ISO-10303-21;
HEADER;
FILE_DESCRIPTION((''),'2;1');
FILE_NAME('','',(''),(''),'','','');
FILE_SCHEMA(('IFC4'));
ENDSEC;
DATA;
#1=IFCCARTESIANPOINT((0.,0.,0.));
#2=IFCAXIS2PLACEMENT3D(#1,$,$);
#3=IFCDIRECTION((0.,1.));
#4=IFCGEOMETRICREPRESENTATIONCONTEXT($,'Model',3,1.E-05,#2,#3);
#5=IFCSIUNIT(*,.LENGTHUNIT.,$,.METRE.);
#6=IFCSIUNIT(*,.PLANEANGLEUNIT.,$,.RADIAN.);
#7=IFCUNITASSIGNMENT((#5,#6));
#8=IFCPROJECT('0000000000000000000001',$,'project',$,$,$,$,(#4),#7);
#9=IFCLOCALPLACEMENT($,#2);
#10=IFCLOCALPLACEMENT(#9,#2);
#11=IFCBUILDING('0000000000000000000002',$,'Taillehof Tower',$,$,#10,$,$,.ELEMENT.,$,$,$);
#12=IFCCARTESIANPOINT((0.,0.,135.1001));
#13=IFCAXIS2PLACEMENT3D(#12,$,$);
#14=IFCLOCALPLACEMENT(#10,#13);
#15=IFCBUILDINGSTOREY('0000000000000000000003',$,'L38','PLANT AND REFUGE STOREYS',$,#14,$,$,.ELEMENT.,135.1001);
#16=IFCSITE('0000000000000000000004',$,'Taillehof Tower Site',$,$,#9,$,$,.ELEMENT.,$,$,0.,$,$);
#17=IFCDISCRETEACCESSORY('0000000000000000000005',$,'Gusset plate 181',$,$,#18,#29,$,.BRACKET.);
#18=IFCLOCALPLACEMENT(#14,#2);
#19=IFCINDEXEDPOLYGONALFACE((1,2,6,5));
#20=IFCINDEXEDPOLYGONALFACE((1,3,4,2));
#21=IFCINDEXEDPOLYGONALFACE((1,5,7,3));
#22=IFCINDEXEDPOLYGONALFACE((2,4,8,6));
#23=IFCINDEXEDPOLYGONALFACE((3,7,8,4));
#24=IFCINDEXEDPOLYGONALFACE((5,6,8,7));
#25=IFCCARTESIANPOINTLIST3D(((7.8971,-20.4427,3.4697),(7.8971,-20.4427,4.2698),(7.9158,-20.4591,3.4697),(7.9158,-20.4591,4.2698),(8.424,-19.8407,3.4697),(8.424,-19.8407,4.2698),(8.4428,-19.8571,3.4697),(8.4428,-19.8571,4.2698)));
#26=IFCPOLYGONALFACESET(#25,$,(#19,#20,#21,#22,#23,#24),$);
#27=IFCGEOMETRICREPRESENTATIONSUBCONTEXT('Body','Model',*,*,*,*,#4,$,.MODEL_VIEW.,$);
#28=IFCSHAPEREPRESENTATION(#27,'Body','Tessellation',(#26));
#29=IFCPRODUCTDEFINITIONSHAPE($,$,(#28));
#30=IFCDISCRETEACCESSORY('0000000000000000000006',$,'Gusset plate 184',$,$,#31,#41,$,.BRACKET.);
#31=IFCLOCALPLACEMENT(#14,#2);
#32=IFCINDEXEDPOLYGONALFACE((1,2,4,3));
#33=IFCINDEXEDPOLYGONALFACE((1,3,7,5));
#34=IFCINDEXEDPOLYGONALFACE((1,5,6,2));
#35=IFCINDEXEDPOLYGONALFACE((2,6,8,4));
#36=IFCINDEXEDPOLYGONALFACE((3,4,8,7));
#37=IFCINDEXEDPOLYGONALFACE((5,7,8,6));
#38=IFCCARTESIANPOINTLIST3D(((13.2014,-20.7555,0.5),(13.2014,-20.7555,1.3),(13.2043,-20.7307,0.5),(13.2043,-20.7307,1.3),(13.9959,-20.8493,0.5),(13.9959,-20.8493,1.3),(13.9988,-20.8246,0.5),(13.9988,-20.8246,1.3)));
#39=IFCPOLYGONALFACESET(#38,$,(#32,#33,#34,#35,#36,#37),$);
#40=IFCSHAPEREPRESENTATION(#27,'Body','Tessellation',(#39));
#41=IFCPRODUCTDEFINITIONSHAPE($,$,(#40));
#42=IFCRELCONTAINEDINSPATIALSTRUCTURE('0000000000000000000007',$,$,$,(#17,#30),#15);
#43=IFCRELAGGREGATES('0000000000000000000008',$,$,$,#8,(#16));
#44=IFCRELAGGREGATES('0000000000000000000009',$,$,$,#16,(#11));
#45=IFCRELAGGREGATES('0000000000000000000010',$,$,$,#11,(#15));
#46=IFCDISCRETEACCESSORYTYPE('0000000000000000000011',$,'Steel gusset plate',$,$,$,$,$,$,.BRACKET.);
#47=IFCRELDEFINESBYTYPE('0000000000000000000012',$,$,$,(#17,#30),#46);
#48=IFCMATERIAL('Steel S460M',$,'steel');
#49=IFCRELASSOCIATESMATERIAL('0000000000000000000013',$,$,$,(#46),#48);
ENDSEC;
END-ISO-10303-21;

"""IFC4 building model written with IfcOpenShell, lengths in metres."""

from ifc_helpers import new_model, si_unit, direction, frame, origin, origin_2d, place, context, subcontext, project, spatial, rectangle, extrude, material, type_object, element, save


model = new_model("IFC4")

# Units and contexts
model_context = context("Model", 3, precision=1e-05, world=origin(), true_north=direction((0.0, 1.0)))
body_context = subcontext(model_context, "Body", "Model", "MODEL_VIEW")
ifc_project = project(units=[si_unit("LENGTHUNIT", "METRE"), si_unit("PLANEANGLEUNIT", "RADIAN")], contexts=[model_context])

# Site, building, storey
site_placement = place(None, origin())
site = spatial("IfcSite", under=ifc_project, at=site_placement, Name="Taillehof Tower Site", CompositionType="ELEMENT", RefElevation=0.0)
building_placement = place(site_placement, origin())
building = spatial("IfcBuilding", under=site, at=building_placement, Name="Taillehof Tower", CompositionType="ELEMENT")
storey_placement = place(building_placement, frame((0.0, 0.0, 135.1001)))
storey = spatial("IfcBuildingStorey", under=building, at=storey_placement, Name="L38", Description="PLANT AND REFUGE STOREYS", CompositionType="ELEMENT", Elevation=135.1001)

# Discrete accessories
ifc_material_1 = material(Name="Steel S460M", Category="steel")
discrete_accessory_type = type_object("IfcDiscreteAccessoryType", Name="Steel gusset plate", PredefinedType="BRACKET", material=ifc_material_1)
for number, where, z_axis, x_axis, name in (
    (1, (8.1699, -20.1499, 3.4697), (0.0, 0.0, 1.0), (0.658663, 0.752438, 0.0), "Gusset plate 181"),
    (2, (13.6001, -20.79, 0.5), (0.0, 0.0, 1.0), (0.993091, -0.117348, 0.0), "Gusset plate 184"),
):
    element("IfcDiscreteAccessory", number, at=place(storey_placement, frame(where, z_axis=z_axis, x_axis=x_axis)), inside=storey, type_object=discrete_accessory_type, Name=name, PredefinedType="BRACKET", context=body_context, shape_type="SweptSolid", body=[
        extrude(rectangle(XDim=0.8, YDim=0.0249, at=origin_2d()), origin(), (0.0, 0.0, 1.0), 0.8),
    ])

save(model, "model.ifc")
